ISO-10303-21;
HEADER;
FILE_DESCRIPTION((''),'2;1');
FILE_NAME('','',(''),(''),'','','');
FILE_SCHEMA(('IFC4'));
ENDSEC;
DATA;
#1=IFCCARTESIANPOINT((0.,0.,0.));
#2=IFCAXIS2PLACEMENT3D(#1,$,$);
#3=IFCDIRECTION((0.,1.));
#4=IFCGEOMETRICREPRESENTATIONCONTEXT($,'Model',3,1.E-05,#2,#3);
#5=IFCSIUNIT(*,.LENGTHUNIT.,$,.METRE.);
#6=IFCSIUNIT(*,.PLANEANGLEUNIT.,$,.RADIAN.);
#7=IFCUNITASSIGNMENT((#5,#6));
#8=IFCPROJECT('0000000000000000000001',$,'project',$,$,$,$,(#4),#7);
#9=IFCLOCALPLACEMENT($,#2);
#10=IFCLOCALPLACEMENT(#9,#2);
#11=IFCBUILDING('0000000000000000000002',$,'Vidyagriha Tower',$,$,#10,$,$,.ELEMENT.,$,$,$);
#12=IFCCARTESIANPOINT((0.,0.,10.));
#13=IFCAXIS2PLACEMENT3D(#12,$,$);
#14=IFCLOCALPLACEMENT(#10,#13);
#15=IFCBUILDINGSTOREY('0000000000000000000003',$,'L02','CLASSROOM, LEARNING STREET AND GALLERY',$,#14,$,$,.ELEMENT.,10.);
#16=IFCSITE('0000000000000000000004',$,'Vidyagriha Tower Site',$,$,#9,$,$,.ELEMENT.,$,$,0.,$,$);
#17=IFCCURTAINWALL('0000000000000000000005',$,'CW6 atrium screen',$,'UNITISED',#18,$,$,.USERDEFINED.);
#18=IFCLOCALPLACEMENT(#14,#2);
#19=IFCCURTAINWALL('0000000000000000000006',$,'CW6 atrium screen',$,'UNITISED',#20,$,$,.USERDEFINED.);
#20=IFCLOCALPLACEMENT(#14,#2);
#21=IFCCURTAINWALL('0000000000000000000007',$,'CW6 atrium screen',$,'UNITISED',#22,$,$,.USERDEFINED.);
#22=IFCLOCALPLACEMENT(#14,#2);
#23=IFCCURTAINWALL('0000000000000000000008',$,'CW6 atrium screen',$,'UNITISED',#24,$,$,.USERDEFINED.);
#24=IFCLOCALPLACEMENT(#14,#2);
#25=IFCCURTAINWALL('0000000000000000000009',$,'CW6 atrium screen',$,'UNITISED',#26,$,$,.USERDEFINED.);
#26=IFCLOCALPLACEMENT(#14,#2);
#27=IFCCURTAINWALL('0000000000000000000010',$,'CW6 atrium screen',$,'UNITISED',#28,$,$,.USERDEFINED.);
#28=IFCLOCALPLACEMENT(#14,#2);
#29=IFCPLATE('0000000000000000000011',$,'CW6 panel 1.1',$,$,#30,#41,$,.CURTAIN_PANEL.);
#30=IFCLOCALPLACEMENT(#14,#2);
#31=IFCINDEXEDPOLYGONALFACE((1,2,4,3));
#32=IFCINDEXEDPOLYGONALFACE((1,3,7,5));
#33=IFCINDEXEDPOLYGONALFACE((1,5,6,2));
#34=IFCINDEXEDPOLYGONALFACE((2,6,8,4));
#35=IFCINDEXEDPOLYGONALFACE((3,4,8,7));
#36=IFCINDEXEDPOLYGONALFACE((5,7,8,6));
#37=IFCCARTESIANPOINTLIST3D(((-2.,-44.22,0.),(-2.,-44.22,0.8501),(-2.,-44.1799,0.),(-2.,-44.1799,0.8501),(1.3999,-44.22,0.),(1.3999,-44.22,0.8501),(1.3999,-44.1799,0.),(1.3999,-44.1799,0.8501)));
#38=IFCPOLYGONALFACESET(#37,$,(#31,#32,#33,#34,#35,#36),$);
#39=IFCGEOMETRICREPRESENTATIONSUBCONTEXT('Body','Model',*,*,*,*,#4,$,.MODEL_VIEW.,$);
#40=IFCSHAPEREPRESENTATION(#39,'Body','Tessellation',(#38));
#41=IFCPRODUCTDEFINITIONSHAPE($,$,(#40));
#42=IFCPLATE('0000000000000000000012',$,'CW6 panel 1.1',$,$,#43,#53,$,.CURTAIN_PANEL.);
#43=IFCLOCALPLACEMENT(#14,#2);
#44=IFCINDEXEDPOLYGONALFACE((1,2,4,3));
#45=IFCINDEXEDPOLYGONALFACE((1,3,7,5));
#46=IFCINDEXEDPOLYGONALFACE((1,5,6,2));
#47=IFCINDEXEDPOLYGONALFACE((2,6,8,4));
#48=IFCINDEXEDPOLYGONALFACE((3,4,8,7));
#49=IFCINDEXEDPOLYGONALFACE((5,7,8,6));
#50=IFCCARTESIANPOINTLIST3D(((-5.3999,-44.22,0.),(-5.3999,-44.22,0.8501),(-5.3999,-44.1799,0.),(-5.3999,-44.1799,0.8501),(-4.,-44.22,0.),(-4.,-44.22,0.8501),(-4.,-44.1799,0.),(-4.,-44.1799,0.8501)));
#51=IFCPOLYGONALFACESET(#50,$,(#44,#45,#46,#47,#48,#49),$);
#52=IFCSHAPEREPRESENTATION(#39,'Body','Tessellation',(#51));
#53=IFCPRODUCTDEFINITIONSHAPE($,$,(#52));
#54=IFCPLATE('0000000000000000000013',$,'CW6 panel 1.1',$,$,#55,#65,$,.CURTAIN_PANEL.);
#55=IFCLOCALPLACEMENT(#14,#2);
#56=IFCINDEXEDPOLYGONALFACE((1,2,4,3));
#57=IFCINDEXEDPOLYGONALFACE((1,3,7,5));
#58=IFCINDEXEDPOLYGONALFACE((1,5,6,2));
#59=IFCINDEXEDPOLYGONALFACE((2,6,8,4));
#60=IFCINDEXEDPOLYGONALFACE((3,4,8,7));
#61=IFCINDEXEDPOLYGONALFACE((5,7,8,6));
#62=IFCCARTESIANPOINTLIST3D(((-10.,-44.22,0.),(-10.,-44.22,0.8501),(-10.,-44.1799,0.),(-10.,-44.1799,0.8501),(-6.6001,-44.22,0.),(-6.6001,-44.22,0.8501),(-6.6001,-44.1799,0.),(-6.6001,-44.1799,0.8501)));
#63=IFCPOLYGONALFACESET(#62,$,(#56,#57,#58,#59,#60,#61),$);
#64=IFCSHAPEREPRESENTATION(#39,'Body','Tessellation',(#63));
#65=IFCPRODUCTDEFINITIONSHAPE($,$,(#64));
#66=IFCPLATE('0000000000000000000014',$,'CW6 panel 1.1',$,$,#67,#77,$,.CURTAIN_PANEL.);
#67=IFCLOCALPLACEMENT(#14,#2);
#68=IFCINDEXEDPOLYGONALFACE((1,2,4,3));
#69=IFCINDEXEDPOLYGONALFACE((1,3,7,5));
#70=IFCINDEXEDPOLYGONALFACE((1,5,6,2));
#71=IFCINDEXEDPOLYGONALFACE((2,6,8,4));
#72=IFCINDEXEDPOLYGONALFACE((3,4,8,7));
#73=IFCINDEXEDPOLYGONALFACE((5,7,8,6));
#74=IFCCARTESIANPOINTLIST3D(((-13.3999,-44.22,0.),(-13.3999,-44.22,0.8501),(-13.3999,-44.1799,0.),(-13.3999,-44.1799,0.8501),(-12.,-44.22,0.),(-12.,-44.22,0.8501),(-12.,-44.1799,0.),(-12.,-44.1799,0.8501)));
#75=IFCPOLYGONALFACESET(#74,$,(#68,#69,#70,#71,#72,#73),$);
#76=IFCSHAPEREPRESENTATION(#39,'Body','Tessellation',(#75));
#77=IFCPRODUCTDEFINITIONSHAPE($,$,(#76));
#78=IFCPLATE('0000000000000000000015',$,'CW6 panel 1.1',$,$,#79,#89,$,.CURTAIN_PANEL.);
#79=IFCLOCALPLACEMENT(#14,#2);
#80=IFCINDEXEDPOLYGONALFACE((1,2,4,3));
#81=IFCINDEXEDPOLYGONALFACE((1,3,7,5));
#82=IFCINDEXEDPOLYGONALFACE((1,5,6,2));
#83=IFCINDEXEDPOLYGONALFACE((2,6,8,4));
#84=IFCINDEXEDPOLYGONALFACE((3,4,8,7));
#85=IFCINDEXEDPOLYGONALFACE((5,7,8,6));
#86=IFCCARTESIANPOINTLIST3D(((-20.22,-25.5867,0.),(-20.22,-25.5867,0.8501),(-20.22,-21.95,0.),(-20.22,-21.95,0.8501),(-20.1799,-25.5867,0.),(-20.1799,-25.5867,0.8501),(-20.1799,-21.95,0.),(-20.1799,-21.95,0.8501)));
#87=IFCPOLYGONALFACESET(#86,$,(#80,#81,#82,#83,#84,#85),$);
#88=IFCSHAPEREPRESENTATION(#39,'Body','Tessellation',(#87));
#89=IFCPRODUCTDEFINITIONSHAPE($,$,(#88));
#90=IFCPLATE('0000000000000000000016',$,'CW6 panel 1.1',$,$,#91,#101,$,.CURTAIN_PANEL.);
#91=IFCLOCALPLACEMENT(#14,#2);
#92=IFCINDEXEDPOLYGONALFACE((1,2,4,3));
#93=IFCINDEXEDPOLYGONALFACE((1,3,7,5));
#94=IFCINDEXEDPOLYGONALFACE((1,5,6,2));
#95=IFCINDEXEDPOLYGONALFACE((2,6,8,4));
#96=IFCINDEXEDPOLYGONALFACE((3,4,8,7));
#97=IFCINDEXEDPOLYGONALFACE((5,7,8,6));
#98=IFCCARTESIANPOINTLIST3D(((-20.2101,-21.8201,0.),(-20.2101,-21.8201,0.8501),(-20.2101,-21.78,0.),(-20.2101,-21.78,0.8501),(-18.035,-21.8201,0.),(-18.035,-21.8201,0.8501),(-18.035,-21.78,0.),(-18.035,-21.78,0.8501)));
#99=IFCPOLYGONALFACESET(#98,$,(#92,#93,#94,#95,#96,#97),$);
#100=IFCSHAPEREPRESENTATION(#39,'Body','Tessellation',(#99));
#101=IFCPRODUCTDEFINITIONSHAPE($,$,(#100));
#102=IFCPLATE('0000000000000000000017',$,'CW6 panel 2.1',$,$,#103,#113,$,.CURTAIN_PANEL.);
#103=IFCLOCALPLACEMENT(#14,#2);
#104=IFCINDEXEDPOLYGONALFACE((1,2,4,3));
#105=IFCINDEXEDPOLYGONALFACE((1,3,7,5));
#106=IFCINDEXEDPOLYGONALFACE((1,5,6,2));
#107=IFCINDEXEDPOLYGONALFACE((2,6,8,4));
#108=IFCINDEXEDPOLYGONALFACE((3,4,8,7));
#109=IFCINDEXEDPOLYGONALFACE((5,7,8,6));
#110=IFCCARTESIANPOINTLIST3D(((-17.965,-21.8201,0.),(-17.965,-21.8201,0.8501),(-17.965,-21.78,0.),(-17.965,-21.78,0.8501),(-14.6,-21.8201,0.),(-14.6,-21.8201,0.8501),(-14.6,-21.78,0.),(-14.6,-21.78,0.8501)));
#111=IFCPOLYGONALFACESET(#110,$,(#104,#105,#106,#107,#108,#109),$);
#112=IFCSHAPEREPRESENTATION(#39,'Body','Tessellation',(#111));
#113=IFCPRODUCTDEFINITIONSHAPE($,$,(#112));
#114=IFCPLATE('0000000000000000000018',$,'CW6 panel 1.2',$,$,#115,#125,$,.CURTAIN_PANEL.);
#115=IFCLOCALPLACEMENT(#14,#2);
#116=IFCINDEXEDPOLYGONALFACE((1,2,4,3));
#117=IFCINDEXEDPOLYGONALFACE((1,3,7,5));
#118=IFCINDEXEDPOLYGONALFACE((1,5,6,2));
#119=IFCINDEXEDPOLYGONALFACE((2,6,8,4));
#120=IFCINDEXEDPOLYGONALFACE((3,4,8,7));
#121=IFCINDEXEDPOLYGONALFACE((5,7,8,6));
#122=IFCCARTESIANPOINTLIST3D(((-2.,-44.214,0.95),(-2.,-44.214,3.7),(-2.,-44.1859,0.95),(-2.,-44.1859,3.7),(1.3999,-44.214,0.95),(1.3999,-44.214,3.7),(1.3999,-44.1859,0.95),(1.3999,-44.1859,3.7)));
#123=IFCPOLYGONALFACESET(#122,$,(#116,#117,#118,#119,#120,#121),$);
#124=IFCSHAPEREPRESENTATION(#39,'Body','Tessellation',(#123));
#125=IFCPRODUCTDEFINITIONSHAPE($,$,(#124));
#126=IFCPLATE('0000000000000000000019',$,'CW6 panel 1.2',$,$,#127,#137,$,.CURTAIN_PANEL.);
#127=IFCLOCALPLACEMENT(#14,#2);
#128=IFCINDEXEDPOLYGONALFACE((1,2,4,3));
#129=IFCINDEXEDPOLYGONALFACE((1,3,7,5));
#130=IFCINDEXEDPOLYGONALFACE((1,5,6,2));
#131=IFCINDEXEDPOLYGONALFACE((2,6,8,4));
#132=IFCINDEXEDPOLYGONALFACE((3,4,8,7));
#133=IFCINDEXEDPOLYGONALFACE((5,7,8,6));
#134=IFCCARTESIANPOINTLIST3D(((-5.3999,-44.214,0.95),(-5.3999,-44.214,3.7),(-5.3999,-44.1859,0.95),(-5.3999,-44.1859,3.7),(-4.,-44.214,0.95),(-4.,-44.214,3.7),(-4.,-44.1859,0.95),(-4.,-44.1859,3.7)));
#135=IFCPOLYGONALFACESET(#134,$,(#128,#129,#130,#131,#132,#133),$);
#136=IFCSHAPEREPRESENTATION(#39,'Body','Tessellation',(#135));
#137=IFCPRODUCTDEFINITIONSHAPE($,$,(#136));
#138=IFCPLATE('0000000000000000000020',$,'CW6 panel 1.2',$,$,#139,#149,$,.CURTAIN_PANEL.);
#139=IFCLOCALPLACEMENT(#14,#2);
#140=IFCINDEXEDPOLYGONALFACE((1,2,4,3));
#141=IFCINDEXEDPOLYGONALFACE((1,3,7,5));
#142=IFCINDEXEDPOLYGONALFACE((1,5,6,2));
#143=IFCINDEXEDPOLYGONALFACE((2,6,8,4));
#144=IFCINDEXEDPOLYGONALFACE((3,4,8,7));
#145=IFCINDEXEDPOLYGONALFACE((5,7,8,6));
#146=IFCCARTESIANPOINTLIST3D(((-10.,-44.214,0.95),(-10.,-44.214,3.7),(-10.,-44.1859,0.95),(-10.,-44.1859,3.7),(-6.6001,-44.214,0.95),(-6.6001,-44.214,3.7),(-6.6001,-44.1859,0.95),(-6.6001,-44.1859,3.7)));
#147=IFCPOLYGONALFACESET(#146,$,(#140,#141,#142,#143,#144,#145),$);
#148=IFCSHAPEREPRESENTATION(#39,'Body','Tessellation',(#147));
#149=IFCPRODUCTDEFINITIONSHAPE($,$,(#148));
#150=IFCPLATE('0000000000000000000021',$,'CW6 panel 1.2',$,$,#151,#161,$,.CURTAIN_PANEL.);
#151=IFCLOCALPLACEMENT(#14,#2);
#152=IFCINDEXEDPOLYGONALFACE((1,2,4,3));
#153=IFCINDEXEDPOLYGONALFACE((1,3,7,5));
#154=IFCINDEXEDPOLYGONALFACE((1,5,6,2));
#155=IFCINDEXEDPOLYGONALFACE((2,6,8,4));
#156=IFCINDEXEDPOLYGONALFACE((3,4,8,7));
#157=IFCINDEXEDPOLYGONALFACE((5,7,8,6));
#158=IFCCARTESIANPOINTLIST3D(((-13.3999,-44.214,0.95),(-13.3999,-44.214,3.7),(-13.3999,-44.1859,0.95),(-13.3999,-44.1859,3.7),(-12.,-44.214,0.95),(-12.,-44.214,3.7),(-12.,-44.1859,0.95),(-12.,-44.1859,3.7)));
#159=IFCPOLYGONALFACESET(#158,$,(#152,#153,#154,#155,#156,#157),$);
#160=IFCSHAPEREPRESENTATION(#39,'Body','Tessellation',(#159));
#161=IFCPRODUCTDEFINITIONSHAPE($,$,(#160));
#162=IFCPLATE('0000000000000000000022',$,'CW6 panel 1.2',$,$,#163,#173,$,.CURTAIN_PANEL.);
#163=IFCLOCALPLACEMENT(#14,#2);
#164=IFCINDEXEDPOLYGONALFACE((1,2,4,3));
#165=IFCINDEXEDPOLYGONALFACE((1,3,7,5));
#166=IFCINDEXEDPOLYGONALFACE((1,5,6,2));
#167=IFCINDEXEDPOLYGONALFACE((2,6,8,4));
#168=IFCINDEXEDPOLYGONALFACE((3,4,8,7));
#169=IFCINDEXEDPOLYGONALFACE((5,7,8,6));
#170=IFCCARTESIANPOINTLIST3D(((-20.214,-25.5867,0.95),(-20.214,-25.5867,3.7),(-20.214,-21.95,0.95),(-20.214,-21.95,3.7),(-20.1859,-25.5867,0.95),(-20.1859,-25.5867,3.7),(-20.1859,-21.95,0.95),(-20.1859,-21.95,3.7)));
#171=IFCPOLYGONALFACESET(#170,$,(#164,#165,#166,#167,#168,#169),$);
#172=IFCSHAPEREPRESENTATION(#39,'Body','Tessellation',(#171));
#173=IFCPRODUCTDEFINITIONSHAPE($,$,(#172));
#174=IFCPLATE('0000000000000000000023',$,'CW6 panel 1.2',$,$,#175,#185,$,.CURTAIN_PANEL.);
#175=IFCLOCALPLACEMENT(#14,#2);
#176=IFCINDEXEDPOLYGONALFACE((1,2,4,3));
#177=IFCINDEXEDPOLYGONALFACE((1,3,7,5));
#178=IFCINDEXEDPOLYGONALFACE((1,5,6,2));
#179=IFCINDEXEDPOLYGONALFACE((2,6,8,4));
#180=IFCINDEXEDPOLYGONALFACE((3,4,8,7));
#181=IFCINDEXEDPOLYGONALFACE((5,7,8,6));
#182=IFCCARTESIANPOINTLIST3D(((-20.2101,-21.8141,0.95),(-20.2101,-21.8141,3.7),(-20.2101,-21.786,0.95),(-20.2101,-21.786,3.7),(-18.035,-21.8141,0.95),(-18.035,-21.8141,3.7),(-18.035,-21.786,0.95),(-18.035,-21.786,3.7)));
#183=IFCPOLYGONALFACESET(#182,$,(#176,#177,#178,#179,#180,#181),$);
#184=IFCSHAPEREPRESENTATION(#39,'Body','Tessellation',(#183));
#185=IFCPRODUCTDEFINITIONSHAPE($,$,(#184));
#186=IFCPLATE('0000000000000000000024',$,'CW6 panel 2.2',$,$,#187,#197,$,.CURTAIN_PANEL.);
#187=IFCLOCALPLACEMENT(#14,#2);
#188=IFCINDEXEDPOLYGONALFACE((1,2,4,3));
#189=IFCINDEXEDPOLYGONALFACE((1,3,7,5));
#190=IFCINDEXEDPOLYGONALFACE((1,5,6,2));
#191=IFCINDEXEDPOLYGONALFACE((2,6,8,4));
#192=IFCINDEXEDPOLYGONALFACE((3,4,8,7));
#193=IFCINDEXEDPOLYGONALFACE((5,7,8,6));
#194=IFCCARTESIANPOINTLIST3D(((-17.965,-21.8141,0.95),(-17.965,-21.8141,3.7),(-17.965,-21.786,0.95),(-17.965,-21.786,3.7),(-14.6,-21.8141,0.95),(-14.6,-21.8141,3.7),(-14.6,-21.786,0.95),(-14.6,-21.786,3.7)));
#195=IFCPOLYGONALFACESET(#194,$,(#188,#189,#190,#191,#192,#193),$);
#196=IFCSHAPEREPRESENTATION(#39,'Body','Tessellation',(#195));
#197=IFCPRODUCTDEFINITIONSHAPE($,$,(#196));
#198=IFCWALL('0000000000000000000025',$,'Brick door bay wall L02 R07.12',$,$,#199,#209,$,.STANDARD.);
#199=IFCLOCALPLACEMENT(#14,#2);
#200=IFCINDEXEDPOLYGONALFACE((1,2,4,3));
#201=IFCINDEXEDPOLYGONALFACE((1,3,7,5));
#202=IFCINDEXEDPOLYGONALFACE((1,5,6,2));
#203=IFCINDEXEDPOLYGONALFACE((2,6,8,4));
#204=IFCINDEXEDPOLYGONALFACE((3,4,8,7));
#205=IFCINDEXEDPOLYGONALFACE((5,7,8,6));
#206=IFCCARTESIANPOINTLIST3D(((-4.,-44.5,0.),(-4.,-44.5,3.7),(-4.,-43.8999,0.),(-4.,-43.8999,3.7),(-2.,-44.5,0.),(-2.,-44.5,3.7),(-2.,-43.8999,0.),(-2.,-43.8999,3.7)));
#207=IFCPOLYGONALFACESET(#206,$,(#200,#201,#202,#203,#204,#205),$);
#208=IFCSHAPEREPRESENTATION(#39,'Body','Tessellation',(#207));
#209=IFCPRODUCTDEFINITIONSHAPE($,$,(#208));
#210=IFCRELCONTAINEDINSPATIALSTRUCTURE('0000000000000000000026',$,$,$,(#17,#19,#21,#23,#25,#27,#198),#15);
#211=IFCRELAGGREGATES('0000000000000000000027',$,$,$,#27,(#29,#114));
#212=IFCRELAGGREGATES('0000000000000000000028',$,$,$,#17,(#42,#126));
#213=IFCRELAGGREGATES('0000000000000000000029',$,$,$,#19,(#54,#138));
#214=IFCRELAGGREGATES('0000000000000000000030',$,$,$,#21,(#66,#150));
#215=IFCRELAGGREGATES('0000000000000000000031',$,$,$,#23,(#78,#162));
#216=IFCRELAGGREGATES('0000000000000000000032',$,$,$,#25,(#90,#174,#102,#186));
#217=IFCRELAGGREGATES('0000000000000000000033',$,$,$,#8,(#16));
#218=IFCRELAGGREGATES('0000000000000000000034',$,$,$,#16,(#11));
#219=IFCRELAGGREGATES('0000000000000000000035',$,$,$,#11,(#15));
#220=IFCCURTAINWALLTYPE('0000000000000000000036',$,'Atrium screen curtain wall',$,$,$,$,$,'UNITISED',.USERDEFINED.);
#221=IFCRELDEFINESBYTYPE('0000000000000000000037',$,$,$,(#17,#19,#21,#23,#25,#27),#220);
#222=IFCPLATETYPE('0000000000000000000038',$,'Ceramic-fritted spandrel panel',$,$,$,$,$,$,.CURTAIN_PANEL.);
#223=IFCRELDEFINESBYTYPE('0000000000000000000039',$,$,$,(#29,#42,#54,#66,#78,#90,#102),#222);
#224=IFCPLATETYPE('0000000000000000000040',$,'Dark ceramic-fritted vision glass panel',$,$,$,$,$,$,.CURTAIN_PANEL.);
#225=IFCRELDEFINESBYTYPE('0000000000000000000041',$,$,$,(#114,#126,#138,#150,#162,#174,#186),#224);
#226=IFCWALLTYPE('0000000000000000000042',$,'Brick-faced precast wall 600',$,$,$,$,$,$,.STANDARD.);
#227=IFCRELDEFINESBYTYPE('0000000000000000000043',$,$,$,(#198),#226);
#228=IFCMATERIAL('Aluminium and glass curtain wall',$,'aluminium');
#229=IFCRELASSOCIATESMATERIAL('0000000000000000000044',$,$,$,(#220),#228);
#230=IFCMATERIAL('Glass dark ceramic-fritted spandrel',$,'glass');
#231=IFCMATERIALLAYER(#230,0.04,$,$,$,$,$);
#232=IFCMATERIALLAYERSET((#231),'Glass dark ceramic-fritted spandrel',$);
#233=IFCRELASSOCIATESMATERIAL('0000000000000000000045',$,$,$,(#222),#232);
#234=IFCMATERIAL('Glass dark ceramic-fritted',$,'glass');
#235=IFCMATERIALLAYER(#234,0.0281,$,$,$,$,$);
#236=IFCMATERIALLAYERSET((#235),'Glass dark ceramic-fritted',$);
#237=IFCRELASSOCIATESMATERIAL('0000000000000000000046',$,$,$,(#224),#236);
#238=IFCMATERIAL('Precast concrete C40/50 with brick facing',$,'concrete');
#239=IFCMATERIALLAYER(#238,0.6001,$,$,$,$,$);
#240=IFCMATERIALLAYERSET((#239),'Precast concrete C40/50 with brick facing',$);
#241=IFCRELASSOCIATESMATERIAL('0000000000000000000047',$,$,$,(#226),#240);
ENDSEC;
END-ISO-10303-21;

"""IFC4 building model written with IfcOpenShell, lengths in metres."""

from ifc_helpers import new_model, si_unit, direction, frame, frame_2d, origin, origin_2d, place, context, subcontext, project, spatial, rectangle, extrude, material, layer, layer_set, type_object, element, aggregate, save


model = new_model("IFC4")

# Units and contexts
model_context = context("Model", 3, precision=1e-05, world=origin(), true_north=direction((0.0, 1.0)))
body_context = subcontext(model_context, "Body", "Model", "MODEL_VIEW")
ifc_project = project(units=[si_unit("LENGTHUNIT", "METRE"), si_unit("PLANEANGLEUNIT", "RADIAN")], contexts=[model_context])

# Site, building, storey
site_placement = place(None, origin())
site = spatial("IfcSite", under=ifc_project, at=site_placement, Name="Vidyagriha Tower Site", CompositionType="ELEMENT", RefElevation=0.0)
building_placement = place(site_placement, origin())
building = spatial("IfcBuilding", under=site, at=building_placement, Name="Vidyagriha Tower", CompositionType="ELEMENT")
storey_placement = place(building_placement, frame((0.0, 0.0, 10.0)))
storey = spatial("IfcBuildingStorey", under=building, at=storey_placement, Name="L02", Description="CLASSROOM, LEARNING STREET AND GALLERY", CompositionType="ELEMENT", Elevation=10.0)

# Curtain walls
ifc_material_1 = material(Name="Aluminium and glass curtain wall", Category="aluminium")
curtain_wall_type = type_object("IfcCurtainWallType", Name="Atrium screen curtain wall", ElementType="UNITISED", PredefinedType="USERDEFINED", material=ifc_material_1)
curtain_wall_1_placement = place(storey_placement, origin())
curtain_wall_1 = element("IfcCurtainWall", 1, at=curtain_wall_1_placement, inside=storey, type_object=curtain_wall_type, Name="CW6 atrium screen", ObjectType="UNITISED", PredefinedType="USERDEFINED")
curtain_wall_2_placement = place(storey_placement, origin())
curtain_wall_2 = element("IfcCurtainWall", 2, at=curtain_wall_2_placement, inside=storey, type_object=curtain_wall_type, Name="CW6 atrium screen", ObjectType="UNITISED", PredefinedType="USERDEFINED")
curtain_wall_3_placement = place(storey_placement, origin())
curtain_wall_3 = element("IfcCurtainWall", 3, at=curtain_wall_3_placement, inside=storey, type_object=curtain_wall_type, Name="CW6 atrium screen", ObjectType="UNITISED", PredefinedType="USERDEFINED")
curtain_wall_4_placement = place(storey_placement, origin())
curtain_wall_4 = element("IfcCurtainWall", 4, at=curtain_wall_4_placement, inside=storey, type_object=curtain_wall_type, Name="CW6 atrium screen", ObjectType="UNITISED", PredefinedType="USERDEFINED")

# Curtain wall
curtain_wall_5_placement = place(storey_placement, origin())
curtain_wall_5 = element("IfcCurtainWall", 5, at=curtain_wall_5_placement, inside=storey, type_object=curtain_wall_type, Name="CW6 atrium screen", ObjectType="UNITISED", PredefinedType="USERDEFINED")

# Curtain wall, plate
curtain_wall_6_placement = place(storey_placement, origin())
curtain_wall_6 = element("IfcCurtainWall", 6, at=curtain_wall_6_placement, inside=storey, type_object=curtain_wall_type, Name="CW6 atrium screen", ObjectType="UNITISED", PredefinedType="USERDEFINED")
ifc_material_2 = material(Name="Glass dark ceramic-fritted spandrel", Category="glass")
ifc_layer_1 = layer(ifc_material_2, 0.04)
ifc_layer_set_1 = layer_set([ifc_layer_1], Name="Glass dark ceramic-fritted spandrel")
plate_type_1 = type_object("IfcPlateType", Name="Ceramic-fritted spandrel panel", PredefinedType="CURTAIN_PANEL", material=ifc_layer_set_1)
plate_1_placement = place(storey_placement, frame((-0.3, -44.2, 0.0), z_axis=(0.0, 0.0, 1.0), x_axis=(-1.0, 0.0, 0.0)))
plate_1 = element("IfcPlate", 7, at=plate_1_placement, type_object=plate_type_1, Name="CW6 panel 1.1", PredefinedType="CURTAIN_PANEL", context=body_context, shape_type="SweptSolid", body=[
    extrude(rectangle(XDim=3.3999, YDim=0.04, at=origin_2d()), origin(), (0.0, 0.0, 1.0), 0.8501),
])

# Plates
plate_2_placement = place(storey_placement, frame((-4.7, -44.2, 0.0), z_axis=(0.0, 0.0, 1.0), x_axis=(-1.0, 0.0, 0.0)))
plate_2 = element("IfcPlate", 8, at=plate_2_placement, type_object=plate_type_1, Name="CW6 panel 1.1", PredefinedType="CURTAIN_PANEL", context=body_context, shape_type="SweptSolid", body=[
    extrude(rectangle(XDim=1.3999, YDim=0.04, at=origin_2d()), origin(), (0.0, 0.0, 1.0), 0.8501),
])
plate_3_placement = place(storey_placement, frame((-8.3, -44.2, 0.0), z_axis=(0.0, 0.0, 1.0), x_axis=(-1.0, 0.0, 0.0)))
plate_3 = element("IfcPlate", 9, at=plate_3_placement, type_object=plate_type_1, Name="CW6 panel 1.1", PredefinedType="CURTAIN_PANEL", context=body_context, shape_type="SweptSolid", body=[
    extrude(rectangle(XDim=3.3999, YDim=0.04, at=origin_2d()), origin(), (0.0, 0.0, 1.0), 0.8501),
])
plate_4_placement = place(storey_placement, frame((-12.7, -44.2, 0.0), z_axis=(0.0, 0.0, 1.0), x_axis=(-1.0, 0.0, 0.0)))
plate_4 = element("IfcPlate", 10, at=plate_4_placement, type_object=plate_type_1, Name="CW6 panel 1.1", PredefinedType="CURTAIN_PANEL", context=body_context, shape_type="SweptSolid", body=[
    extrude(rectangle(XDim=1.3999, YDim=0.04, at=origin_2d()), origin(), (0.0, 0.0, 1.0), 0.8501),
])
plate_5_placement = place(storey_placement, frame((-20.2, -23.7683, 0.0), z_axis=(0.0, 0.0, 1.0), x_axis=(0.0, 1.0, 0.0)))
plate_5 = element("IfcPlate", 11, at=plate_5_placement, type_object=plate_type_1, Name="CW6 panel 1.1", PredefinedType="CURTAIN_PANEL", context=body_context, shape_type="SweptSolid", body=[
    extrude(rectangle(XDim=3.6367, YDim=0.04, at=origin_2d()), origin(), (0.0, 0.0, 1.0), 0.8501),
])
plate_6_placement = place(storey_placement, frame((-19.1226, -21.8, 0.0)))
plate_6 = element("IfcPlate", 12, at=plate_6_placement, type_object=plate_type_1, Name="CW6 panel 1.1", PredefinedType="CURTAIN_PANEL", context=body_context, shape_type="SweptSolid", body=[
    extrude(rectangle(XDim=2.175, YDim=0.04, at=origin_2d()), origin(), (0.0, 0.0, 1.0), 0.8501),
])
plate_7_placement = place(storey_placement, frame((-16.2825, -21.8, 0.0)))
plate_7 = element("IfcPlate", 13, at=plate_7_placement, type_object=plate_type_1, Name="CW6 panel 2.1", PredefinedType="CURTAIN_PANEL", context=body_context, shape_type="SweptSolid", body=[
    extrude(rectangle(XDim=3.365, YDim=0.04, at=origin_2d()), origin(), (0.0, 0.0, 1.0), 0.8501),
])
ifc_material_3 = material(Name="Glass dark ceramic-fritted", Category="glass")
ifc_layer_2 = layer(ifc_material_3, 0.0281)
ifc_layer_set_2 = layer_set([ifc_layer_2], Name="Glass dark ceramic-fritted")
plate_type_2 = type_object("IfcPlateType", Name="Dark ceramic-fritted vision glass panel", PredefinedType="CURTAIN_PANEL", material=ifc_layer_set_2)
plate_8_placement = place(storey_placement, frame((-0.3, -44.2, 0.95), z_axis=(0.0, 0.0, 1.0), x_axis=(-1.0, 0.0, 0.0)))
plate_8 = element("IfcPlate", 14, at=plate_8_placement, type_object=plate_type_2, Name="CW6 panel 1.2", PredefinedType="CURTAIN_PANEL", context=body_context, shape_type="SweptSolid", body=[
    extrude(rectangle(XDim=3.3999, YDim=0.0281, at=origin_2d()), origin(), (0.0, 0.0, 1.0), 2.75),
])
aggregate(curtain_wall_6, [plate_1, plate_8])
plate_9_placement = place(storey_placement, frame((-4.7, -44.2, 0.95), z_axis=(0.0, 0.0, 1.0), x_axis=(-1.0, 0.0, 0.0)))
plate_9 = element("IfcPlate", 15, at=plate_9_placement, type_object=plate_type_2, Name="CW6 panel 1.2", PredefinedType="CURTAIN_PANEL", context=body_context, shape_type="SweptSolid", body=[
    extrude(rectangle(XDim=1.3999, YDim=0.0281, at=origin_2d()), origin(), (0.0, 0.0, 1.0), 2.75),
])
aggregate(curtain_wall_1, [plate_2, plate_9])
plate_10_placement = place(storey_placement, frame((-8.3, -44.2, 0.95), z_axis=(0.0, 0.0, 1.0), x_axis=(-1.0, 0.0, 0.0)))
plate_10 = element("IfcPlate", 16, at=plate_10_placement, type_object=plate_type_2, Name="CW6 panel 1.2", PredefinedType="CURTAIN_PANEL", context=body_context, shape_type="SweptSolid", body=[
    extrude(rectangle(XDim=3.3999, YDim=0.0281, at=origin_2d()), origin(), (0.0, 0.0, 1.0), 2.75),
])
aggregate(curtain_wall_2, [plate_3, plate_10])
plate_11_placement = place(storey_placement, frame((-12.7, -44.2, 0.95), z_axis=(0.0, 0.0, 1.0), x_axis=(-1.0, 0.0, 0.0)))
plate_11 = element("IfcPlate", 17, at=plate_11_placement, type_object=plate_type_2, Name="CW6 panel 1.2", PredefinedType="CURTAIN_PANEL", context=body_context, shape_type="SweptSolid", body=[
    extrude(rectangle(XDim=1.3999, YDim=0.0281, at=origin_2d()), origin(), (0.0, 0.0, 1.0), 2.75),
])
aggregate(curtain_wall_3, [plate_4, plate_11])
plate_12_placement = place(storey_placement, frame((-20.2, -23.7683, 0.95), z_axis=(0.0, 0.0, 1.0), x_axis=(0.0, 1.0, 0.0)))
plate_12 = element("IfcPlate", 18, at=plate_12_placement, type_object=plate_type_2, Name="CW6 panel 1.2", PredefinedType="CURTAIN_PANEL", context=body_context, shape_type="SweptSolid", body=[
    extrude(rectangle(XDim=3.6367, YDim=0.0281, at=origin_2d()), origin(), (0.0, 0.0, 1.0), 2.75),
])
aggregate(curtain_wall_4, [plate_5, plate_12])
plate_13_placement = place(storey_placement, frame((-19.1226, -21.8, 0.95)))
plate_13 = element("IfcPlate", 19, at=plate_13_placement, type_object=plate_type_2, Name="CW6 panel 1.2", PredefinedType="CURTAIN_PANEL", context=body_context, shape_type="SweptSolid", body=[
    extrude(rectangle(XDim=2.175, YDim=0.0281, at=origin_2d()), origin(), (0.0, 0.0, 1.0), 2.75),
])
plate_14_placement = place(storey_placement, frame((-16.2825, -21.8, 0.95)))
plate_14 = element("IfcPlate", 20, at=plate_14_placement, type_object=plate_type_2, Name="CW6 panel 2.2", PredefinedType="CURTAIN_PANEL", context=body_context, shape_type="SweptSolid", body=[
    extrude(rectangle(XDim=3.365, YDim=0.0281, at=origin_2d()), origin(), (0.0, 0.0, 1.0), 2.75),
])
aggregate(curtain_wall_5, [plate_6, plate_13, plate_7, plate_14])

# Wall
ifc_material_4 = material(Name="Precast concrete C40/50 with brick facing", Category="concrete")
ifc_layer_3 = layer(ifc_material_4, 0.6001)
ifc_layer_set_3 = layer_set([ifc_layer_3], Name="Precast concrete C40/50 with brick facing")
wall_type = type_object("IfcWallType", Name="Brick-faced precast wall 600", PredefinedType="STANDARD", material=ifc_layer_set_3)
for number, where, z_axis, x_axis, name in (
    (21, (-2.0, -44.2, 0.0), (0.0, 0.0, 1.0), (-1.0, 0.0, 0.0), "Brick door bay wall L02 R07.12"),
):
    element("IfcWall", number, at=place(storey_placement, frame(where, z_axis=z_axis, x_axis=x_axis)), inside=storey, type_object=wall_type, Name=name, PredefinedType="STANDARD", context=body_context, shape_type="SweptSolid", body=[
        extrude(rectangle(XDim=2.0, YDim=0.6001, at=frame_2d((1.0, 0.0))), origin(), (0.0, 0.0, 1.0), 3.7),
    ])

save(model, "model.ifc")
